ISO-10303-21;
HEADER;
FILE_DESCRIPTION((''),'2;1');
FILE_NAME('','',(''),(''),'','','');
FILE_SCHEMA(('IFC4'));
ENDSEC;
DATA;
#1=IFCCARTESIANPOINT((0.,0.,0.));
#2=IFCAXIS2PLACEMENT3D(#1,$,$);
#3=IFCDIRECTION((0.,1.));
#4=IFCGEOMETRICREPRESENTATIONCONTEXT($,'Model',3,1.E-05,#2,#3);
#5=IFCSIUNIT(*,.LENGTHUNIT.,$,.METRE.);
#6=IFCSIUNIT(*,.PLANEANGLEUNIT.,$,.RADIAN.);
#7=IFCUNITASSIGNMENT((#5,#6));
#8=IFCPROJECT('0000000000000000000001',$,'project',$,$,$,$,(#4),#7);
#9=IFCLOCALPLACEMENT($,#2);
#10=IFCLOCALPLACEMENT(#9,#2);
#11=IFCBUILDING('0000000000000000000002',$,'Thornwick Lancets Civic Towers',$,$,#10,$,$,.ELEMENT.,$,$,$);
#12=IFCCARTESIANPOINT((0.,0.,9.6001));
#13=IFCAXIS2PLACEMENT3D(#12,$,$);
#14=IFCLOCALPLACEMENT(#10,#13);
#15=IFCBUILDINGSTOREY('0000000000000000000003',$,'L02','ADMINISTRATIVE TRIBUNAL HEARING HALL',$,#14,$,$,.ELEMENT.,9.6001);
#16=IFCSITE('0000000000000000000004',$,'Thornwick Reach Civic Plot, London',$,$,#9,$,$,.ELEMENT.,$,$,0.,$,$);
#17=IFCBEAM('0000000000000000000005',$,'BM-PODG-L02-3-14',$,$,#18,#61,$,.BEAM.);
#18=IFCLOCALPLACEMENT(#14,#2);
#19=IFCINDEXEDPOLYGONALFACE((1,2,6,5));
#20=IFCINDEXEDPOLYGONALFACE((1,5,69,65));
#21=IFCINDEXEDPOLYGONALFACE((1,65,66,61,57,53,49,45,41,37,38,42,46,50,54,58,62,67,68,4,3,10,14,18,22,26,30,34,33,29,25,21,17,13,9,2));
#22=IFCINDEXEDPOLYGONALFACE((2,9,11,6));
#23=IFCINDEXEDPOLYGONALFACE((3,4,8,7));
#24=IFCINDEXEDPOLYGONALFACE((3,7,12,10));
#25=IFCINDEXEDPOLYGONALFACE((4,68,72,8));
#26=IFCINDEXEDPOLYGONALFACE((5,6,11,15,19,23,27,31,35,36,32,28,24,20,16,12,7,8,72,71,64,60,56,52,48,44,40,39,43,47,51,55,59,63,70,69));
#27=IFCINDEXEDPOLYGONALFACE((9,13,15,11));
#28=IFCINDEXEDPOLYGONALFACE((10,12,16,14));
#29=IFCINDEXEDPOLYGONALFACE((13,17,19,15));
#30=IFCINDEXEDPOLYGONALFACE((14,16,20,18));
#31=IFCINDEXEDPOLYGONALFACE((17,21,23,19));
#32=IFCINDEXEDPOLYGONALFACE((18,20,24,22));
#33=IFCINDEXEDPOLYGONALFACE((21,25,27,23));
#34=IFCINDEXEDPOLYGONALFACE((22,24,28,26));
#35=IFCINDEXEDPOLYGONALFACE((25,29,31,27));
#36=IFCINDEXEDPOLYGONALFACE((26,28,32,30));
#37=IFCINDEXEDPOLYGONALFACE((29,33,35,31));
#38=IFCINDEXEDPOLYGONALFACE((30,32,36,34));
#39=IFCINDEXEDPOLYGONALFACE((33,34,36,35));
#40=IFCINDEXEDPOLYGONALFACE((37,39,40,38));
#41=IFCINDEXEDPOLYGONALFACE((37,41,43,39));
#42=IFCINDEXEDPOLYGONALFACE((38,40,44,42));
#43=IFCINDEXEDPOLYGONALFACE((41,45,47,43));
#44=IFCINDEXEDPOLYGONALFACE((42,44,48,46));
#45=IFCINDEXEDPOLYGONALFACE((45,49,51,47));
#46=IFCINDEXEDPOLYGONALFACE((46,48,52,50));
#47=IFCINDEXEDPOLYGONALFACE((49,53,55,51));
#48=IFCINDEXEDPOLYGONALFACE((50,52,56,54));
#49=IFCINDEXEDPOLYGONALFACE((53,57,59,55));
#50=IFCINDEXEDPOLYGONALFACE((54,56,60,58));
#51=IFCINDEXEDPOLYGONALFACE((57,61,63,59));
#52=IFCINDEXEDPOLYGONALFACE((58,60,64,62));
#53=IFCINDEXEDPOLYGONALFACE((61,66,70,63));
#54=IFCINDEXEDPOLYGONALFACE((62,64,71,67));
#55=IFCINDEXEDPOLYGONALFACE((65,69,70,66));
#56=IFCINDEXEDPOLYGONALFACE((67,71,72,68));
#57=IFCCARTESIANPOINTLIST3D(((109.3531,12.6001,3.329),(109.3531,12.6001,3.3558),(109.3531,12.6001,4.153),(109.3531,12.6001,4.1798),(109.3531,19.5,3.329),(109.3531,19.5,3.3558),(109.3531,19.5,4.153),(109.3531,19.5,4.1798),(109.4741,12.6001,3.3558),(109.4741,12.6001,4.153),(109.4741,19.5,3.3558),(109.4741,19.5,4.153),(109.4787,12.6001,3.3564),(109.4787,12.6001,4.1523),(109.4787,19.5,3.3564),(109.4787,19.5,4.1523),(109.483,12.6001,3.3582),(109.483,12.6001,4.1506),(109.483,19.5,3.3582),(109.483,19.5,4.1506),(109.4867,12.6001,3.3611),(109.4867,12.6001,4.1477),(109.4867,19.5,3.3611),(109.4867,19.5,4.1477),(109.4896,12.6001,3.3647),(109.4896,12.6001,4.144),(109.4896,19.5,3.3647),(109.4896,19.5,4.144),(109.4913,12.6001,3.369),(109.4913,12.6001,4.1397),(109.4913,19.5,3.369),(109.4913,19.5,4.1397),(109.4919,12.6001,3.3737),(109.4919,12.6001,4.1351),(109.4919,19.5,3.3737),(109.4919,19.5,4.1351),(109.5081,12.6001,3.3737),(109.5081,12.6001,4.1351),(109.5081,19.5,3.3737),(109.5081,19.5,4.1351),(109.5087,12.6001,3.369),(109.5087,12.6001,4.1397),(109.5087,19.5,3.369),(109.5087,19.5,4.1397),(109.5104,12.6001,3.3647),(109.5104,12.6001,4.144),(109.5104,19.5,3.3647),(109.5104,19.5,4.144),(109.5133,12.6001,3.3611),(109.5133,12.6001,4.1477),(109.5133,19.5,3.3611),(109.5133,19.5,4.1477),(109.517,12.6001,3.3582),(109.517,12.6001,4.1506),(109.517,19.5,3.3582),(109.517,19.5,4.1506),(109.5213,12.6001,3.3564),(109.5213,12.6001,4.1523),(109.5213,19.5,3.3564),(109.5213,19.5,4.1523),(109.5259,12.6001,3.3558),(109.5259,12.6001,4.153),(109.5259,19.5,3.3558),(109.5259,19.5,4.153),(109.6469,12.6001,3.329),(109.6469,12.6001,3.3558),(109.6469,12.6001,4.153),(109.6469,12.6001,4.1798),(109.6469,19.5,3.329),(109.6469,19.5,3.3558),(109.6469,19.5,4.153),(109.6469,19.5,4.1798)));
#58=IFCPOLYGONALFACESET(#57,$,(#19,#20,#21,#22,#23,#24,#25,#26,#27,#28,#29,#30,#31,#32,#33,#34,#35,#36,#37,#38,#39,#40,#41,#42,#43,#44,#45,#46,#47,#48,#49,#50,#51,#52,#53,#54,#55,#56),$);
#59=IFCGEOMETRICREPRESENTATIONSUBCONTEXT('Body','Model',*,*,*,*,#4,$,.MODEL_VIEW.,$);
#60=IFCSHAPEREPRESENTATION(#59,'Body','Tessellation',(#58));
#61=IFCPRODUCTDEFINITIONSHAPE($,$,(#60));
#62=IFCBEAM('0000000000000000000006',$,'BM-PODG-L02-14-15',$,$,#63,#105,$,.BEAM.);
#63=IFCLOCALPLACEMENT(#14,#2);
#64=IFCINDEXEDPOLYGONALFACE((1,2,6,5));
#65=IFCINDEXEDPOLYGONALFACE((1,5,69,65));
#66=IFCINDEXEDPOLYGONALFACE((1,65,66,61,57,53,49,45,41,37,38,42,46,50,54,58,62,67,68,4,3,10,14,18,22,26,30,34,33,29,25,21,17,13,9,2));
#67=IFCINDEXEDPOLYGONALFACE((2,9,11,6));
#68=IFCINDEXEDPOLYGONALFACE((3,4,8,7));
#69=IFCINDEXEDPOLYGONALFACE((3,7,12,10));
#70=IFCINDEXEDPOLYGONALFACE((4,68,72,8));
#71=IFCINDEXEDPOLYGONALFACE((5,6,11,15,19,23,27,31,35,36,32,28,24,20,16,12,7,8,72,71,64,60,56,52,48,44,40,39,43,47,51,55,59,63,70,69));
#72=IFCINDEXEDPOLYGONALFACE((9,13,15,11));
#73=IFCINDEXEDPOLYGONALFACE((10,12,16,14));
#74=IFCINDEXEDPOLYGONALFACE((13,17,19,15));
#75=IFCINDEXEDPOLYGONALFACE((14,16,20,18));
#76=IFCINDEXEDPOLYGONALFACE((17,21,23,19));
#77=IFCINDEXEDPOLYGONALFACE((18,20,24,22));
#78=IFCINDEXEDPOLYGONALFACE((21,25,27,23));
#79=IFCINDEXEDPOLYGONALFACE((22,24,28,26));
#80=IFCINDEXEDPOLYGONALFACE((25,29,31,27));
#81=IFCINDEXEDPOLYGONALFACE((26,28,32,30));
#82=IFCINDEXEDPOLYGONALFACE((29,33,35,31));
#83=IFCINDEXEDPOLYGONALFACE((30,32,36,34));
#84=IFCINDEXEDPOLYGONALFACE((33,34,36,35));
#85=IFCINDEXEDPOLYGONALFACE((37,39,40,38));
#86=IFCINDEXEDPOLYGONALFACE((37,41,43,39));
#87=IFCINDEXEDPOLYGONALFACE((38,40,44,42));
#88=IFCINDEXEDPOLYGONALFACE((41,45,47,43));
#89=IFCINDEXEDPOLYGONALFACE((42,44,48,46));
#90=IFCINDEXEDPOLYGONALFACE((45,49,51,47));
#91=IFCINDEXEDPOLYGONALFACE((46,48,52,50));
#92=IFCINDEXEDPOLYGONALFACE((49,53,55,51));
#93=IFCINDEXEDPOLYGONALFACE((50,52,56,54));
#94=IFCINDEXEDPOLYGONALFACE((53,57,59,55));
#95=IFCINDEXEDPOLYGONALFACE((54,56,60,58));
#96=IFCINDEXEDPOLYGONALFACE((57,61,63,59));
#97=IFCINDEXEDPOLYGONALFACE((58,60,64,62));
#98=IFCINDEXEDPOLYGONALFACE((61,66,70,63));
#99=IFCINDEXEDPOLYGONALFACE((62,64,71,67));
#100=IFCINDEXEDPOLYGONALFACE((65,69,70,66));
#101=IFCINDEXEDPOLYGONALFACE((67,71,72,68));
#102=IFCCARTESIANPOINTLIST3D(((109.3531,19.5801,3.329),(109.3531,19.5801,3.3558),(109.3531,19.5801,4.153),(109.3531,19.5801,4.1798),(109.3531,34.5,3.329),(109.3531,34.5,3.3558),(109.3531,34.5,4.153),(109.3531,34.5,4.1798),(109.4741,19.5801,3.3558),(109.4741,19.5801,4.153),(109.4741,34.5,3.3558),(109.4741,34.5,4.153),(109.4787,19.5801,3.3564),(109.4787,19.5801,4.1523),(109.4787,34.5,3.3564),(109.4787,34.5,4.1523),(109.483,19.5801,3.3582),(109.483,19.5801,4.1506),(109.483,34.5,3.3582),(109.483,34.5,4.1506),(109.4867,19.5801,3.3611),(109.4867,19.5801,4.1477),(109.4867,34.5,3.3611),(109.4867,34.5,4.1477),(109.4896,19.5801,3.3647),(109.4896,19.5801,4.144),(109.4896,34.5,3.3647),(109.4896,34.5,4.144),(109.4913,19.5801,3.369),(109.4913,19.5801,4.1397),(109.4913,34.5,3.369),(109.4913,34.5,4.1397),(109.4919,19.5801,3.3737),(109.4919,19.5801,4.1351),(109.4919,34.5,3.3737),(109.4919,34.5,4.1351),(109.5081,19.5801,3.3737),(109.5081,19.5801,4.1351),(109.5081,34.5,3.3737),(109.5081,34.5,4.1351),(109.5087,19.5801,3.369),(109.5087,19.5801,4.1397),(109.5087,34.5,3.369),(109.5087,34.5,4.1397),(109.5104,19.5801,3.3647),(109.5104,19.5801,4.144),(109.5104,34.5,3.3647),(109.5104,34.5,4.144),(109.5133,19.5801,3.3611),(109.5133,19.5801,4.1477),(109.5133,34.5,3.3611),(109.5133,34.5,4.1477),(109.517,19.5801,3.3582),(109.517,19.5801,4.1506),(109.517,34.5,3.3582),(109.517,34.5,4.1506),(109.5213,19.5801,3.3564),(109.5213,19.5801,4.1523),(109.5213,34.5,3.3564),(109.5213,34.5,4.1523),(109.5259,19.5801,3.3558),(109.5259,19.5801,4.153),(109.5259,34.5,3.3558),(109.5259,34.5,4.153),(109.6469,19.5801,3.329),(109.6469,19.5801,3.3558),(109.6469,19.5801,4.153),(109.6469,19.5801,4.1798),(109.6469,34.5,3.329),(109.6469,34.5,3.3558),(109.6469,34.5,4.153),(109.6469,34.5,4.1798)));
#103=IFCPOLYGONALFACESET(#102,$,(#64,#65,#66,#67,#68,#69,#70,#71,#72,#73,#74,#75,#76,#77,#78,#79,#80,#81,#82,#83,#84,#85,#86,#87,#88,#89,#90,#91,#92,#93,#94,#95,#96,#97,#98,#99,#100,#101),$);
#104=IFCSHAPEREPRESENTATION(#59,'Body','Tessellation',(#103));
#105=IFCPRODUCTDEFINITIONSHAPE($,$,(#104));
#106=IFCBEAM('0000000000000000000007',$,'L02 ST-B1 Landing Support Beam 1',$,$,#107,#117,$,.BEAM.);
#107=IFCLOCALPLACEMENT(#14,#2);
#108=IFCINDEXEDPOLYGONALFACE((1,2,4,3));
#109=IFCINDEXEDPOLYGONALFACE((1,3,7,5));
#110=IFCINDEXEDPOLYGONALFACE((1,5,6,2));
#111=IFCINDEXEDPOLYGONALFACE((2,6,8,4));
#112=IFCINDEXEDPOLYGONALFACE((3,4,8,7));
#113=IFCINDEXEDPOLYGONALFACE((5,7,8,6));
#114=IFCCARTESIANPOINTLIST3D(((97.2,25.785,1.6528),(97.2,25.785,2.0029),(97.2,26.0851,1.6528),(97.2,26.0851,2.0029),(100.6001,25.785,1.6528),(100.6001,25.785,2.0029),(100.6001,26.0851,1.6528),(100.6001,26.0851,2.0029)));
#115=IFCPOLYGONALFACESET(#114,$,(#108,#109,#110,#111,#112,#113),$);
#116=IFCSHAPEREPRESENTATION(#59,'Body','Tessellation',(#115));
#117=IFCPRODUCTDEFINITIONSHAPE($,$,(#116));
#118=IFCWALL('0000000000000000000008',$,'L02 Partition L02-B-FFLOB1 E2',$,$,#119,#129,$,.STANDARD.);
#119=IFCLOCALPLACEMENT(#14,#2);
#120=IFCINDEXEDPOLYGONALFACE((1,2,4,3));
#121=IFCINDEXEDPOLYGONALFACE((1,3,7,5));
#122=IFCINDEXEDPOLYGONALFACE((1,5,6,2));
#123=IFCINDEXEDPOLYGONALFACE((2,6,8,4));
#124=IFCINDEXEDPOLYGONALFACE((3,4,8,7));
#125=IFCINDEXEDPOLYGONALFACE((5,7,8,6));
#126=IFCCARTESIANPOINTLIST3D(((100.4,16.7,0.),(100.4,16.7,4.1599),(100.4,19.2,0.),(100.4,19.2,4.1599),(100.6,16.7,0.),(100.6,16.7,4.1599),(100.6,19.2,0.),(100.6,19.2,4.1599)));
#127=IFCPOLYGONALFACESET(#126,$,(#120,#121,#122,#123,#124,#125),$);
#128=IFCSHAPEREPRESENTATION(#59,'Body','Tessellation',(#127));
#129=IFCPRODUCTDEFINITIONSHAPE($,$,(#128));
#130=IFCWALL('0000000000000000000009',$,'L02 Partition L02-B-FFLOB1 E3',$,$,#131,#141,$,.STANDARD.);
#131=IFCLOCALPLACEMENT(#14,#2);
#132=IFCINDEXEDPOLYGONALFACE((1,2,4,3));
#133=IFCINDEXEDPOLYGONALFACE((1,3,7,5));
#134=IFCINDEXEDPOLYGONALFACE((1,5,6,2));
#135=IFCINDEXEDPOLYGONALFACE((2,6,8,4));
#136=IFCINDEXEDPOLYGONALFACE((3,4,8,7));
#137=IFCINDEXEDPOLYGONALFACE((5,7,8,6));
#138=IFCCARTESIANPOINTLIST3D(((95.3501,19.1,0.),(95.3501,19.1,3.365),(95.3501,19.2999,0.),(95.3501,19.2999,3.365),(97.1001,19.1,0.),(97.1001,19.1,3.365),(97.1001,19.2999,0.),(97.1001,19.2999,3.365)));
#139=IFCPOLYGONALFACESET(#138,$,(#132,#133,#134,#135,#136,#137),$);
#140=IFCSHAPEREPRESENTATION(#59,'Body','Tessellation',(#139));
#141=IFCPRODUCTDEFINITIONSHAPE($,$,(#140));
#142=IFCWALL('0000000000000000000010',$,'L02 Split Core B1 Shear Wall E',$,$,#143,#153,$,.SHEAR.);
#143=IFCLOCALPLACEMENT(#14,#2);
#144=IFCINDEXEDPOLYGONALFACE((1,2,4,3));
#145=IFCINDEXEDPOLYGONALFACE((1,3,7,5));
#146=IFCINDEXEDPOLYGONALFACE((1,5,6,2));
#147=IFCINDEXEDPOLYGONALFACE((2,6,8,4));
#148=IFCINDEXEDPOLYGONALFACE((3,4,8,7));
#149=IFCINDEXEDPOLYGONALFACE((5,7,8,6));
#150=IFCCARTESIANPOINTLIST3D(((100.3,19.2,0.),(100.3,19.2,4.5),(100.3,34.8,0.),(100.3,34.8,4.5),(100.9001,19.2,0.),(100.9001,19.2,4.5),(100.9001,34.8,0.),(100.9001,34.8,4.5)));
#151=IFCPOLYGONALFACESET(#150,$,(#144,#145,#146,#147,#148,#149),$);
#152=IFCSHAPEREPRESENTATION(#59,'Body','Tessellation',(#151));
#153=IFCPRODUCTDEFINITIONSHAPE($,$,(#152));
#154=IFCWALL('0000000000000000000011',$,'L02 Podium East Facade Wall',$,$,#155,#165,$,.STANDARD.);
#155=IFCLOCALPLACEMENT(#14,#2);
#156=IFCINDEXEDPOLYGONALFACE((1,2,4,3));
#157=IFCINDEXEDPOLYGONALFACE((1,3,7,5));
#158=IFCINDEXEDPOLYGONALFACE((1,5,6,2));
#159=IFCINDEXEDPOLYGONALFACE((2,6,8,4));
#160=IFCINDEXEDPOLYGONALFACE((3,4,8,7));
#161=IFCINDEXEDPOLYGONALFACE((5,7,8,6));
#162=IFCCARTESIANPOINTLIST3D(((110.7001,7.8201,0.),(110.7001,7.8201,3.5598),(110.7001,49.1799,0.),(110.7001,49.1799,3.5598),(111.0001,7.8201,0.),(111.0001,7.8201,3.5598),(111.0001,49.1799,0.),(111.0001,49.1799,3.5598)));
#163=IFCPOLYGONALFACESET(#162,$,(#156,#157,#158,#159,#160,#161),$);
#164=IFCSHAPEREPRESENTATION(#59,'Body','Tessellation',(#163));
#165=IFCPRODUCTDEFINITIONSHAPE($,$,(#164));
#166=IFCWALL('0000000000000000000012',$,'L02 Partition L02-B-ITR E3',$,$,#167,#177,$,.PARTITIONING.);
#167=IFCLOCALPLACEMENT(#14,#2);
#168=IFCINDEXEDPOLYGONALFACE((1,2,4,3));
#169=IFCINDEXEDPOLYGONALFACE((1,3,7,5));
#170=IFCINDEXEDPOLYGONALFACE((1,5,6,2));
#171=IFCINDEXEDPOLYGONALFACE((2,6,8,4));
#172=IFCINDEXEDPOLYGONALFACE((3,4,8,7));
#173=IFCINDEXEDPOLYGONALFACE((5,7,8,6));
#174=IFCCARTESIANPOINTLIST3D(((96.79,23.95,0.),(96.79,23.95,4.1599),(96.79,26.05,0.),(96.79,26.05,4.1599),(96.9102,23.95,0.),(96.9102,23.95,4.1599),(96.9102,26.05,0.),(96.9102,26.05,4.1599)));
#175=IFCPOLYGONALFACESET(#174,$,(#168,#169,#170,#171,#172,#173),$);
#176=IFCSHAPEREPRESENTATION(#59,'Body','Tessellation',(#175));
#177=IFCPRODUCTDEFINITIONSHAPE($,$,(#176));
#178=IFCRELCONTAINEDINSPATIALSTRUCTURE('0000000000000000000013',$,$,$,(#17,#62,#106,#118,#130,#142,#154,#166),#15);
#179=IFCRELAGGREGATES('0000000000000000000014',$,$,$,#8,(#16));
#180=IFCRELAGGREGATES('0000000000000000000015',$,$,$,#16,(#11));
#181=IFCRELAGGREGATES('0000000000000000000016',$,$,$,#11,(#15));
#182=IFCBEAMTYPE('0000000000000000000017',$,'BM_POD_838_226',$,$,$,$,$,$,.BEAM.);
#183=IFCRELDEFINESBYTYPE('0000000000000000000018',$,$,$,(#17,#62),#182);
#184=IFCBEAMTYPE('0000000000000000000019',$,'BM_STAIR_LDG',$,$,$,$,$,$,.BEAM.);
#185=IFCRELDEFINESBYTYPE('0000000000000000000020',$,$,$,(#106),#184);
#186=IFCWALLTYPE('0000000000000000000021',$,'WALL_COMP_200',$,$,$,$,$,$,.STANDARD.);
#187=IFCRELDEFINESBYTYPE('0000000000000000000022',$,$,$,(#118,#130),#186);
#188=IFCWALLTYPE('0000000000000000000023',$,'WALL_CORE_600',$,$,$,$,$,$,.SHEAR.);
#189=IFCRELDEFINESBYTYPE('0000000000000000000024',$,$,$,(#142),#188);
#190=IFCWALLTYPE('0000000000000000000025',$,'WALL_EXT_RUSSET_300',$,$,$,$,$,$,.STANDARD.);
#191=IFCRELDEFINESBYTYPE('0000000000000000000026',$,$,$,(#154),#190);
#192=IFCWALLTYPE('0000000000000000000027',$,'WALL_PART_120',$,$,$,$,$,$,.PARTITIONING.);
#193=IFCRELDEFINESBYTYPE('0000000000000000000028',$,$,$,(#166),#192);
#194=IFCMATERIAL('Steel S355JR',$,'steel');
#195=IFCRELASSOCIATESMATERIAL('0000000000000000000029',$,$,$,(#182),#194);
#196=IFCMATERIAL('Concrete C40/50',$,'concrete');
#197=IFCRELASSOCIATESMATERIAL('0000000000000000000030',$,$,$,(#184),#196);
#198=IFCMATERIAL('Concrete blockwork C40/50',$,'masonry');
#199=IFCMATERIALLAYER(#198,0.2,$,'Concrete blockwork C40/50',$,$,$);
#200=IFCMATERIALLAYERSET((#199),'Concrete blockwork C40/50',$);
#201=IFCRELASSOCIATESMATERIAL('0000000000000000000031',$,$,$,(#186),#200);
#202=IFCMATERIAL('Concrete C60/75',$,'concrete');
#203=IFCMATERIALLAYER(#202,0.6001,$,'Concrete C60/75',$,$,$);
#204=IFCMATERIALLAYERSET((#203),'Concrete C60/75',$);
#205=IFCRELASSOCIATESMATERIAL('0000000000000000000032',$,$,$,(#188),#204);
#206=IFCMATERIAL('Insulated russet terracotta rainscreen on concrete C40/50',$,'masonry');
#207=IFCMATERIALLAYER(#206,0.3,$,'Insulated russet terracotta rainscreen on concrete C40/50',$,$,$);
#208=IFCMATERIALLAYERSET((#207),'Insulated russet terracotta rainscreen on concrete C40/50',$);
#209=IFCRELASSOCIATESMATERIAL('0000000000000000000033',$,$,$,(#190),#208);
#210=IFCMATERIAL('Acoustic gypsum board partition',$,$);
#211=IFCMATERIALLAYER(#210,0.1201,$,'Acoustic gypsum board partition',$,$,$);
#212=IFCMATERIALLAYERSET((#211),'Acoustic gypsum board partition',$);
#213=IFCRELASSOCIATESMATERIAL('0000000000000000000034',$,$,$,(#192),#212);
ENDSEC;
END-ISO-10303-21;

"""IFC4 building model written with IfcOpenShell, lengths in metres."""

from ifc_helpers import new_model, si_unit, direction, frame, frame_2d, origin, origin_2d, place, context, subcontext, project, spatial, rectangle, i_section, extrude, material, layer, layer_set, material_profile, profile_set, type_object, element, save


model = new_model("IFC4")

# Units and contexts
model_context = context("Model", 3, precision=1e-05, world=origin(), true_north=direction((0.0, 1.0)))
body_context = subcontext(model_context, "Body", "Model", "MODEL_VIEW")
ifc_project = project(units=[si_unit("LENGTHUNIT", "METRE"), si_unit("PLANEANGLEUNIT", "RADIAN")], contexts=[model_context])

# Site, building, storey
site_placement = place(None, origin())
site = spatial("IfcSite", under=ifc_project, at=site_placement, Name="Thornwick Reach Civic Plot, London", CompositionType="ELEMENT", RefElevation=0.0)
building_placement = place(site_placement, origin())
building = spatial("IfcBuilding", under=site, at=building_placement, Name="Thornwick Lancets Civic Towers", CompositionType="ELEMENT")
storey_placement = place(building_placement, frame((0.0, 0.0, 9.6001)))
storey = spatial("IfcBuildingStorey", under=building, at=storey_placement, Name="L02", Description="ADMINISTRATIVE TRIBUNAL HEARING HALL", CompositionType="ELEMENT", Elevation=9.6001)

# Shared definitions
ifc_material_1 = material(Name="Concrete C60/75", Category="concrete")
ifc_material_2 = material(Name="Concrete C40/50", Category="concrete")

# Beams
ifc_material_3 = material(Name="Steel S355JR", Category="steel")
ifc_material_profile_1 = material_profile(ifc_material_3, i_section(OverallWidth=0.2937, OverallDepth=0.8508, WebThickness=0.0161, FlangeThickness=0.0269, FilletRadius=0.0178, at=origin_2d()), Name="UKB 838x292x226")
ifc_profile_set_1 = profile_set([ifc_material_profile_1], Name="Steel S355JR")
beam_type_1 = type_object("IfcBeamType", Name="BM_POD_838_226", PredefinedType="BEAM", material=ifc_profile_set_1)
beam_1_placement = place(storey_placement, frame((109.5, 12.6001, 3.7544), z_axis=(0.0, 1.0, 0.0), x_axis=(-1.0, 0.0, 0.0)))
element("IfcBeam", 1, at=beam_1_placement, inside=storey, type_object=beam_type_1, Name="BM-PODG-L02-3-14", PredefinedType="BEAM", context=body_context, shape_type="SweptSolid", body=[
    extrude(i_section(OverallWidth=0.2937, OverallDepth=0.8508, WebThickness=0.0161, FlangeThickness=0.0269, FilletRadius=0.0178, at=origin_2d()), origin(), (0.0, 0.0, 1.0), 6.8999),
])
beam_2_placement = place(storey_placement, frame((109.5, 19.5801, 3.7544), z_axis=(0.0, 1.0, 0.0), x_axis=(-1.0, 0.0, 0.0)))
element("IfcBeam", 2, at=beam_2_placement, inside=storey, type_object=beam_type_1, Name="BM-PODG-L02-14-15", PredefinedType="BEAM", context=body_context, shape_type="SweptSolid", body=[
    extrude(i_section(OverallWidth=0.2937, OverallDepth=0.8508, WebThickness=0.0161, FlangeThickness=0.0269, FilletRadius=0.0178, at=origin_2d()), origin(), (0.0, 0.0, 1.0), 14.9199),
])
ifc_material_profile_2 = material_profile(ifc_material_2, rectangle(XDim=0.3, YDim=0.3501, at=origin_2d()), Name="RC 300x350")
ifc_profile_set_2 = profile_set([ifc_material_profile_2], Name="Concrete C40/50")
beam_type_2 = type_object("IfcBeamType", Name="BM_STAIR_LDG", PredefinedType="BEAM", material=ifc_profile_set_2)
beam_3_placement = place(storey_placement, frame((100.6001, 25.9351, 1.8279), z_axis=(-1.0, 0.0, 0.0), x_axis=(0.0, -1.0, 0.0)))
element("IfcBeam", 3, at=beam_3_placement, inside=storey, type_object=beam_type_2, Name="L02 ST-B1 Landing Support Beam 1", PredefinedType="BEAM", context=body_context, shape_type="SweptSolid", body=[
    extrude(rectangle(XDim=0.3, YDim=0.3501, at=origin_2d()), origin(), (0.0, 0.0, 1.0), 3.4001),
])

# Walls
ifc_material_4 = material(Name="Concrete blockwork C40/50", Category="masonry")
ifc_layer_1 = layer(ifc_material_4, 0.2, Name="Concrete blockwork C40/50")
ifc_layer_set_1 = layer_set([ifc_layer_1], Name="Concrete blockwork C40/50")
wall_type_1 = type_object("IfcWallType", Name="WALL_COMP_200", PredefinedType="STANDARD", material=ifc_layer_set_1)
wall_1_placement = place(storey_placement, frame((100.5, 16.7, 0.0), z_axis=(0.0, 0.0, 1.0), x_axis=(0.0, 1.0, 0.0)))
element("IfcWall", 4, at=wall_1_placement, inside=storey, type_object=wall_type_1, Name="L02 Partition L02-B-FFLOB1 E2", PredefinedType="STANDARD", context=body_context, shape_type="SweptSolid", body=[
    extrude(rectangle(XDim=2.5, YDim=0.2, at=frame_2d((1.25, 0.0))), origin(), (0.0, 0.0, 1.0), 4.1599),
])
wall_2_placement = place(storey_placement, frame((97.1001, 19.2, 0.0), z_axis=(0.0, 0.0, 1.0), x_axis=(-1.0, 0.0, 0.0)))
element("IfcWall", 5, at=wall_2_placement, inside=storey, type_object=wall_type_1, Name="L02 Partition L02-B-FFLOB1 E3", PredefinedType="STANDARD", context=body_context, shape_type="SweptSolid", body=[
    extrude(rectangle(XDim=1.75, YDim=0.2, at=frame_2d((0.875, 0.0))), origin(), (0.0, 0.0, 1.0), 3.365),
])
ifc_layer_2 = layer(ifc_material_1, 0.6001, Name="Concrete C60/75")
ifc_layer_set_2 = layer_set([ifc_layer_2], Name="Concrete C60/75")
wall_type_2 = type_object("IfcWallType", Name="WALL_CORE_600", PredefinedType="SHEAR", material=ifc_layer_set_2)
wall_3_placement = place(storey_placement, frame((100.6001, 19.2, 0.0), z_axis=(0.0, 0.0, 1.0), x_axis=(0.0, 1.0, 0.0)))
element("IfcWall", 6, at=wall_3_placement, inside=storey, type_object=wall_type_2, Name="L02 Split Core B1 Shear Wall E", PredefinedType="SHEAR", context=body_context, shape_type="SweptSolid", body=[
    extrude(rectangle(XDim=15.6001, YDim=0.6001, at=frame_2d((7.8, 0.0))), origin(), (0.0, 0.0, 1.0), 4.5),
])
ifc_material_5 = material(Name="Insulated russet terracotta rainscreen on concrete C40/50", Category="masonry")
ifc_layer_3 = layer(ifc_material_5, 0.3, Name="Insulated russet terracotta rainscreen on concrete C40/50")
ifc_layer_set_3 = layer_set([ifc_layer_3], Name="Insulated russet terracotta rainscreen on concrete C40/50")
wall_type_3 = type_object("IfcWallType", Name="WALL_EXT_RUSSET_300", PredefinedType="STANDARD", material=ifc_layer_set_3)
wall_4_placement = place(storey_placement, frame((110.8501, 7.8201, 0.0), z_axis=(0.0, 0.0, 1.0), x_axis=(0.0, 1.0, 0.0)))
element("IfcWall", 7, at=wall_4_placement, inside=storey, type_object=wall_type_3, Name="L02 Podium East Facade Wall", PredefinedType="STANDARD", context=body_context, shape_type="SweptSolid", body=[
    extrude(rectangle(XDim=41.3599, YDim=0.3, at=frame_2d((20.6799, 0.0))), origin(), (0.0, 0.0, 1.0), 3.5598),
])
ifc_material_6 = material(Name="Acoustic gypsum board partition")
ifc_layer_4 = layer(ifc_material_6, 0.1201, Name="Acoustic gypsum board partition")
ifc_layer_set_4 = layer_set([ifc_layer_4], Name="Acoustic gypsum board partition")
wall_type_4 = type_object("IfcWallType", Name="WALL_PART_120", PredefinedType="PARTITIONING", material=ifc_layer_set_4)
wall_5_placement = place(storey_placement, frame((96.8501, 26.05, 0.0), z_axis=(0.0, 0.0, 1.0), x_axis=(0.0, -1.0, 0.0)))
element("IfcWall", 8, at=wall_5_placement, inside=storey, type_object=wall_type_4, Name="L02 Partition L02-B-ITR E3", PredefinedType="PARTITIONING", context=body_context, shape_type="SweptSolid", body=[
    extrude(rectangle(XDim=2.1001, YDim=0.1201, at=frame_2d((1.05, 0.0))), origin(), (0.0, 0.0, 1.0), 4.1599),
])

save(model, "model.ifc")
